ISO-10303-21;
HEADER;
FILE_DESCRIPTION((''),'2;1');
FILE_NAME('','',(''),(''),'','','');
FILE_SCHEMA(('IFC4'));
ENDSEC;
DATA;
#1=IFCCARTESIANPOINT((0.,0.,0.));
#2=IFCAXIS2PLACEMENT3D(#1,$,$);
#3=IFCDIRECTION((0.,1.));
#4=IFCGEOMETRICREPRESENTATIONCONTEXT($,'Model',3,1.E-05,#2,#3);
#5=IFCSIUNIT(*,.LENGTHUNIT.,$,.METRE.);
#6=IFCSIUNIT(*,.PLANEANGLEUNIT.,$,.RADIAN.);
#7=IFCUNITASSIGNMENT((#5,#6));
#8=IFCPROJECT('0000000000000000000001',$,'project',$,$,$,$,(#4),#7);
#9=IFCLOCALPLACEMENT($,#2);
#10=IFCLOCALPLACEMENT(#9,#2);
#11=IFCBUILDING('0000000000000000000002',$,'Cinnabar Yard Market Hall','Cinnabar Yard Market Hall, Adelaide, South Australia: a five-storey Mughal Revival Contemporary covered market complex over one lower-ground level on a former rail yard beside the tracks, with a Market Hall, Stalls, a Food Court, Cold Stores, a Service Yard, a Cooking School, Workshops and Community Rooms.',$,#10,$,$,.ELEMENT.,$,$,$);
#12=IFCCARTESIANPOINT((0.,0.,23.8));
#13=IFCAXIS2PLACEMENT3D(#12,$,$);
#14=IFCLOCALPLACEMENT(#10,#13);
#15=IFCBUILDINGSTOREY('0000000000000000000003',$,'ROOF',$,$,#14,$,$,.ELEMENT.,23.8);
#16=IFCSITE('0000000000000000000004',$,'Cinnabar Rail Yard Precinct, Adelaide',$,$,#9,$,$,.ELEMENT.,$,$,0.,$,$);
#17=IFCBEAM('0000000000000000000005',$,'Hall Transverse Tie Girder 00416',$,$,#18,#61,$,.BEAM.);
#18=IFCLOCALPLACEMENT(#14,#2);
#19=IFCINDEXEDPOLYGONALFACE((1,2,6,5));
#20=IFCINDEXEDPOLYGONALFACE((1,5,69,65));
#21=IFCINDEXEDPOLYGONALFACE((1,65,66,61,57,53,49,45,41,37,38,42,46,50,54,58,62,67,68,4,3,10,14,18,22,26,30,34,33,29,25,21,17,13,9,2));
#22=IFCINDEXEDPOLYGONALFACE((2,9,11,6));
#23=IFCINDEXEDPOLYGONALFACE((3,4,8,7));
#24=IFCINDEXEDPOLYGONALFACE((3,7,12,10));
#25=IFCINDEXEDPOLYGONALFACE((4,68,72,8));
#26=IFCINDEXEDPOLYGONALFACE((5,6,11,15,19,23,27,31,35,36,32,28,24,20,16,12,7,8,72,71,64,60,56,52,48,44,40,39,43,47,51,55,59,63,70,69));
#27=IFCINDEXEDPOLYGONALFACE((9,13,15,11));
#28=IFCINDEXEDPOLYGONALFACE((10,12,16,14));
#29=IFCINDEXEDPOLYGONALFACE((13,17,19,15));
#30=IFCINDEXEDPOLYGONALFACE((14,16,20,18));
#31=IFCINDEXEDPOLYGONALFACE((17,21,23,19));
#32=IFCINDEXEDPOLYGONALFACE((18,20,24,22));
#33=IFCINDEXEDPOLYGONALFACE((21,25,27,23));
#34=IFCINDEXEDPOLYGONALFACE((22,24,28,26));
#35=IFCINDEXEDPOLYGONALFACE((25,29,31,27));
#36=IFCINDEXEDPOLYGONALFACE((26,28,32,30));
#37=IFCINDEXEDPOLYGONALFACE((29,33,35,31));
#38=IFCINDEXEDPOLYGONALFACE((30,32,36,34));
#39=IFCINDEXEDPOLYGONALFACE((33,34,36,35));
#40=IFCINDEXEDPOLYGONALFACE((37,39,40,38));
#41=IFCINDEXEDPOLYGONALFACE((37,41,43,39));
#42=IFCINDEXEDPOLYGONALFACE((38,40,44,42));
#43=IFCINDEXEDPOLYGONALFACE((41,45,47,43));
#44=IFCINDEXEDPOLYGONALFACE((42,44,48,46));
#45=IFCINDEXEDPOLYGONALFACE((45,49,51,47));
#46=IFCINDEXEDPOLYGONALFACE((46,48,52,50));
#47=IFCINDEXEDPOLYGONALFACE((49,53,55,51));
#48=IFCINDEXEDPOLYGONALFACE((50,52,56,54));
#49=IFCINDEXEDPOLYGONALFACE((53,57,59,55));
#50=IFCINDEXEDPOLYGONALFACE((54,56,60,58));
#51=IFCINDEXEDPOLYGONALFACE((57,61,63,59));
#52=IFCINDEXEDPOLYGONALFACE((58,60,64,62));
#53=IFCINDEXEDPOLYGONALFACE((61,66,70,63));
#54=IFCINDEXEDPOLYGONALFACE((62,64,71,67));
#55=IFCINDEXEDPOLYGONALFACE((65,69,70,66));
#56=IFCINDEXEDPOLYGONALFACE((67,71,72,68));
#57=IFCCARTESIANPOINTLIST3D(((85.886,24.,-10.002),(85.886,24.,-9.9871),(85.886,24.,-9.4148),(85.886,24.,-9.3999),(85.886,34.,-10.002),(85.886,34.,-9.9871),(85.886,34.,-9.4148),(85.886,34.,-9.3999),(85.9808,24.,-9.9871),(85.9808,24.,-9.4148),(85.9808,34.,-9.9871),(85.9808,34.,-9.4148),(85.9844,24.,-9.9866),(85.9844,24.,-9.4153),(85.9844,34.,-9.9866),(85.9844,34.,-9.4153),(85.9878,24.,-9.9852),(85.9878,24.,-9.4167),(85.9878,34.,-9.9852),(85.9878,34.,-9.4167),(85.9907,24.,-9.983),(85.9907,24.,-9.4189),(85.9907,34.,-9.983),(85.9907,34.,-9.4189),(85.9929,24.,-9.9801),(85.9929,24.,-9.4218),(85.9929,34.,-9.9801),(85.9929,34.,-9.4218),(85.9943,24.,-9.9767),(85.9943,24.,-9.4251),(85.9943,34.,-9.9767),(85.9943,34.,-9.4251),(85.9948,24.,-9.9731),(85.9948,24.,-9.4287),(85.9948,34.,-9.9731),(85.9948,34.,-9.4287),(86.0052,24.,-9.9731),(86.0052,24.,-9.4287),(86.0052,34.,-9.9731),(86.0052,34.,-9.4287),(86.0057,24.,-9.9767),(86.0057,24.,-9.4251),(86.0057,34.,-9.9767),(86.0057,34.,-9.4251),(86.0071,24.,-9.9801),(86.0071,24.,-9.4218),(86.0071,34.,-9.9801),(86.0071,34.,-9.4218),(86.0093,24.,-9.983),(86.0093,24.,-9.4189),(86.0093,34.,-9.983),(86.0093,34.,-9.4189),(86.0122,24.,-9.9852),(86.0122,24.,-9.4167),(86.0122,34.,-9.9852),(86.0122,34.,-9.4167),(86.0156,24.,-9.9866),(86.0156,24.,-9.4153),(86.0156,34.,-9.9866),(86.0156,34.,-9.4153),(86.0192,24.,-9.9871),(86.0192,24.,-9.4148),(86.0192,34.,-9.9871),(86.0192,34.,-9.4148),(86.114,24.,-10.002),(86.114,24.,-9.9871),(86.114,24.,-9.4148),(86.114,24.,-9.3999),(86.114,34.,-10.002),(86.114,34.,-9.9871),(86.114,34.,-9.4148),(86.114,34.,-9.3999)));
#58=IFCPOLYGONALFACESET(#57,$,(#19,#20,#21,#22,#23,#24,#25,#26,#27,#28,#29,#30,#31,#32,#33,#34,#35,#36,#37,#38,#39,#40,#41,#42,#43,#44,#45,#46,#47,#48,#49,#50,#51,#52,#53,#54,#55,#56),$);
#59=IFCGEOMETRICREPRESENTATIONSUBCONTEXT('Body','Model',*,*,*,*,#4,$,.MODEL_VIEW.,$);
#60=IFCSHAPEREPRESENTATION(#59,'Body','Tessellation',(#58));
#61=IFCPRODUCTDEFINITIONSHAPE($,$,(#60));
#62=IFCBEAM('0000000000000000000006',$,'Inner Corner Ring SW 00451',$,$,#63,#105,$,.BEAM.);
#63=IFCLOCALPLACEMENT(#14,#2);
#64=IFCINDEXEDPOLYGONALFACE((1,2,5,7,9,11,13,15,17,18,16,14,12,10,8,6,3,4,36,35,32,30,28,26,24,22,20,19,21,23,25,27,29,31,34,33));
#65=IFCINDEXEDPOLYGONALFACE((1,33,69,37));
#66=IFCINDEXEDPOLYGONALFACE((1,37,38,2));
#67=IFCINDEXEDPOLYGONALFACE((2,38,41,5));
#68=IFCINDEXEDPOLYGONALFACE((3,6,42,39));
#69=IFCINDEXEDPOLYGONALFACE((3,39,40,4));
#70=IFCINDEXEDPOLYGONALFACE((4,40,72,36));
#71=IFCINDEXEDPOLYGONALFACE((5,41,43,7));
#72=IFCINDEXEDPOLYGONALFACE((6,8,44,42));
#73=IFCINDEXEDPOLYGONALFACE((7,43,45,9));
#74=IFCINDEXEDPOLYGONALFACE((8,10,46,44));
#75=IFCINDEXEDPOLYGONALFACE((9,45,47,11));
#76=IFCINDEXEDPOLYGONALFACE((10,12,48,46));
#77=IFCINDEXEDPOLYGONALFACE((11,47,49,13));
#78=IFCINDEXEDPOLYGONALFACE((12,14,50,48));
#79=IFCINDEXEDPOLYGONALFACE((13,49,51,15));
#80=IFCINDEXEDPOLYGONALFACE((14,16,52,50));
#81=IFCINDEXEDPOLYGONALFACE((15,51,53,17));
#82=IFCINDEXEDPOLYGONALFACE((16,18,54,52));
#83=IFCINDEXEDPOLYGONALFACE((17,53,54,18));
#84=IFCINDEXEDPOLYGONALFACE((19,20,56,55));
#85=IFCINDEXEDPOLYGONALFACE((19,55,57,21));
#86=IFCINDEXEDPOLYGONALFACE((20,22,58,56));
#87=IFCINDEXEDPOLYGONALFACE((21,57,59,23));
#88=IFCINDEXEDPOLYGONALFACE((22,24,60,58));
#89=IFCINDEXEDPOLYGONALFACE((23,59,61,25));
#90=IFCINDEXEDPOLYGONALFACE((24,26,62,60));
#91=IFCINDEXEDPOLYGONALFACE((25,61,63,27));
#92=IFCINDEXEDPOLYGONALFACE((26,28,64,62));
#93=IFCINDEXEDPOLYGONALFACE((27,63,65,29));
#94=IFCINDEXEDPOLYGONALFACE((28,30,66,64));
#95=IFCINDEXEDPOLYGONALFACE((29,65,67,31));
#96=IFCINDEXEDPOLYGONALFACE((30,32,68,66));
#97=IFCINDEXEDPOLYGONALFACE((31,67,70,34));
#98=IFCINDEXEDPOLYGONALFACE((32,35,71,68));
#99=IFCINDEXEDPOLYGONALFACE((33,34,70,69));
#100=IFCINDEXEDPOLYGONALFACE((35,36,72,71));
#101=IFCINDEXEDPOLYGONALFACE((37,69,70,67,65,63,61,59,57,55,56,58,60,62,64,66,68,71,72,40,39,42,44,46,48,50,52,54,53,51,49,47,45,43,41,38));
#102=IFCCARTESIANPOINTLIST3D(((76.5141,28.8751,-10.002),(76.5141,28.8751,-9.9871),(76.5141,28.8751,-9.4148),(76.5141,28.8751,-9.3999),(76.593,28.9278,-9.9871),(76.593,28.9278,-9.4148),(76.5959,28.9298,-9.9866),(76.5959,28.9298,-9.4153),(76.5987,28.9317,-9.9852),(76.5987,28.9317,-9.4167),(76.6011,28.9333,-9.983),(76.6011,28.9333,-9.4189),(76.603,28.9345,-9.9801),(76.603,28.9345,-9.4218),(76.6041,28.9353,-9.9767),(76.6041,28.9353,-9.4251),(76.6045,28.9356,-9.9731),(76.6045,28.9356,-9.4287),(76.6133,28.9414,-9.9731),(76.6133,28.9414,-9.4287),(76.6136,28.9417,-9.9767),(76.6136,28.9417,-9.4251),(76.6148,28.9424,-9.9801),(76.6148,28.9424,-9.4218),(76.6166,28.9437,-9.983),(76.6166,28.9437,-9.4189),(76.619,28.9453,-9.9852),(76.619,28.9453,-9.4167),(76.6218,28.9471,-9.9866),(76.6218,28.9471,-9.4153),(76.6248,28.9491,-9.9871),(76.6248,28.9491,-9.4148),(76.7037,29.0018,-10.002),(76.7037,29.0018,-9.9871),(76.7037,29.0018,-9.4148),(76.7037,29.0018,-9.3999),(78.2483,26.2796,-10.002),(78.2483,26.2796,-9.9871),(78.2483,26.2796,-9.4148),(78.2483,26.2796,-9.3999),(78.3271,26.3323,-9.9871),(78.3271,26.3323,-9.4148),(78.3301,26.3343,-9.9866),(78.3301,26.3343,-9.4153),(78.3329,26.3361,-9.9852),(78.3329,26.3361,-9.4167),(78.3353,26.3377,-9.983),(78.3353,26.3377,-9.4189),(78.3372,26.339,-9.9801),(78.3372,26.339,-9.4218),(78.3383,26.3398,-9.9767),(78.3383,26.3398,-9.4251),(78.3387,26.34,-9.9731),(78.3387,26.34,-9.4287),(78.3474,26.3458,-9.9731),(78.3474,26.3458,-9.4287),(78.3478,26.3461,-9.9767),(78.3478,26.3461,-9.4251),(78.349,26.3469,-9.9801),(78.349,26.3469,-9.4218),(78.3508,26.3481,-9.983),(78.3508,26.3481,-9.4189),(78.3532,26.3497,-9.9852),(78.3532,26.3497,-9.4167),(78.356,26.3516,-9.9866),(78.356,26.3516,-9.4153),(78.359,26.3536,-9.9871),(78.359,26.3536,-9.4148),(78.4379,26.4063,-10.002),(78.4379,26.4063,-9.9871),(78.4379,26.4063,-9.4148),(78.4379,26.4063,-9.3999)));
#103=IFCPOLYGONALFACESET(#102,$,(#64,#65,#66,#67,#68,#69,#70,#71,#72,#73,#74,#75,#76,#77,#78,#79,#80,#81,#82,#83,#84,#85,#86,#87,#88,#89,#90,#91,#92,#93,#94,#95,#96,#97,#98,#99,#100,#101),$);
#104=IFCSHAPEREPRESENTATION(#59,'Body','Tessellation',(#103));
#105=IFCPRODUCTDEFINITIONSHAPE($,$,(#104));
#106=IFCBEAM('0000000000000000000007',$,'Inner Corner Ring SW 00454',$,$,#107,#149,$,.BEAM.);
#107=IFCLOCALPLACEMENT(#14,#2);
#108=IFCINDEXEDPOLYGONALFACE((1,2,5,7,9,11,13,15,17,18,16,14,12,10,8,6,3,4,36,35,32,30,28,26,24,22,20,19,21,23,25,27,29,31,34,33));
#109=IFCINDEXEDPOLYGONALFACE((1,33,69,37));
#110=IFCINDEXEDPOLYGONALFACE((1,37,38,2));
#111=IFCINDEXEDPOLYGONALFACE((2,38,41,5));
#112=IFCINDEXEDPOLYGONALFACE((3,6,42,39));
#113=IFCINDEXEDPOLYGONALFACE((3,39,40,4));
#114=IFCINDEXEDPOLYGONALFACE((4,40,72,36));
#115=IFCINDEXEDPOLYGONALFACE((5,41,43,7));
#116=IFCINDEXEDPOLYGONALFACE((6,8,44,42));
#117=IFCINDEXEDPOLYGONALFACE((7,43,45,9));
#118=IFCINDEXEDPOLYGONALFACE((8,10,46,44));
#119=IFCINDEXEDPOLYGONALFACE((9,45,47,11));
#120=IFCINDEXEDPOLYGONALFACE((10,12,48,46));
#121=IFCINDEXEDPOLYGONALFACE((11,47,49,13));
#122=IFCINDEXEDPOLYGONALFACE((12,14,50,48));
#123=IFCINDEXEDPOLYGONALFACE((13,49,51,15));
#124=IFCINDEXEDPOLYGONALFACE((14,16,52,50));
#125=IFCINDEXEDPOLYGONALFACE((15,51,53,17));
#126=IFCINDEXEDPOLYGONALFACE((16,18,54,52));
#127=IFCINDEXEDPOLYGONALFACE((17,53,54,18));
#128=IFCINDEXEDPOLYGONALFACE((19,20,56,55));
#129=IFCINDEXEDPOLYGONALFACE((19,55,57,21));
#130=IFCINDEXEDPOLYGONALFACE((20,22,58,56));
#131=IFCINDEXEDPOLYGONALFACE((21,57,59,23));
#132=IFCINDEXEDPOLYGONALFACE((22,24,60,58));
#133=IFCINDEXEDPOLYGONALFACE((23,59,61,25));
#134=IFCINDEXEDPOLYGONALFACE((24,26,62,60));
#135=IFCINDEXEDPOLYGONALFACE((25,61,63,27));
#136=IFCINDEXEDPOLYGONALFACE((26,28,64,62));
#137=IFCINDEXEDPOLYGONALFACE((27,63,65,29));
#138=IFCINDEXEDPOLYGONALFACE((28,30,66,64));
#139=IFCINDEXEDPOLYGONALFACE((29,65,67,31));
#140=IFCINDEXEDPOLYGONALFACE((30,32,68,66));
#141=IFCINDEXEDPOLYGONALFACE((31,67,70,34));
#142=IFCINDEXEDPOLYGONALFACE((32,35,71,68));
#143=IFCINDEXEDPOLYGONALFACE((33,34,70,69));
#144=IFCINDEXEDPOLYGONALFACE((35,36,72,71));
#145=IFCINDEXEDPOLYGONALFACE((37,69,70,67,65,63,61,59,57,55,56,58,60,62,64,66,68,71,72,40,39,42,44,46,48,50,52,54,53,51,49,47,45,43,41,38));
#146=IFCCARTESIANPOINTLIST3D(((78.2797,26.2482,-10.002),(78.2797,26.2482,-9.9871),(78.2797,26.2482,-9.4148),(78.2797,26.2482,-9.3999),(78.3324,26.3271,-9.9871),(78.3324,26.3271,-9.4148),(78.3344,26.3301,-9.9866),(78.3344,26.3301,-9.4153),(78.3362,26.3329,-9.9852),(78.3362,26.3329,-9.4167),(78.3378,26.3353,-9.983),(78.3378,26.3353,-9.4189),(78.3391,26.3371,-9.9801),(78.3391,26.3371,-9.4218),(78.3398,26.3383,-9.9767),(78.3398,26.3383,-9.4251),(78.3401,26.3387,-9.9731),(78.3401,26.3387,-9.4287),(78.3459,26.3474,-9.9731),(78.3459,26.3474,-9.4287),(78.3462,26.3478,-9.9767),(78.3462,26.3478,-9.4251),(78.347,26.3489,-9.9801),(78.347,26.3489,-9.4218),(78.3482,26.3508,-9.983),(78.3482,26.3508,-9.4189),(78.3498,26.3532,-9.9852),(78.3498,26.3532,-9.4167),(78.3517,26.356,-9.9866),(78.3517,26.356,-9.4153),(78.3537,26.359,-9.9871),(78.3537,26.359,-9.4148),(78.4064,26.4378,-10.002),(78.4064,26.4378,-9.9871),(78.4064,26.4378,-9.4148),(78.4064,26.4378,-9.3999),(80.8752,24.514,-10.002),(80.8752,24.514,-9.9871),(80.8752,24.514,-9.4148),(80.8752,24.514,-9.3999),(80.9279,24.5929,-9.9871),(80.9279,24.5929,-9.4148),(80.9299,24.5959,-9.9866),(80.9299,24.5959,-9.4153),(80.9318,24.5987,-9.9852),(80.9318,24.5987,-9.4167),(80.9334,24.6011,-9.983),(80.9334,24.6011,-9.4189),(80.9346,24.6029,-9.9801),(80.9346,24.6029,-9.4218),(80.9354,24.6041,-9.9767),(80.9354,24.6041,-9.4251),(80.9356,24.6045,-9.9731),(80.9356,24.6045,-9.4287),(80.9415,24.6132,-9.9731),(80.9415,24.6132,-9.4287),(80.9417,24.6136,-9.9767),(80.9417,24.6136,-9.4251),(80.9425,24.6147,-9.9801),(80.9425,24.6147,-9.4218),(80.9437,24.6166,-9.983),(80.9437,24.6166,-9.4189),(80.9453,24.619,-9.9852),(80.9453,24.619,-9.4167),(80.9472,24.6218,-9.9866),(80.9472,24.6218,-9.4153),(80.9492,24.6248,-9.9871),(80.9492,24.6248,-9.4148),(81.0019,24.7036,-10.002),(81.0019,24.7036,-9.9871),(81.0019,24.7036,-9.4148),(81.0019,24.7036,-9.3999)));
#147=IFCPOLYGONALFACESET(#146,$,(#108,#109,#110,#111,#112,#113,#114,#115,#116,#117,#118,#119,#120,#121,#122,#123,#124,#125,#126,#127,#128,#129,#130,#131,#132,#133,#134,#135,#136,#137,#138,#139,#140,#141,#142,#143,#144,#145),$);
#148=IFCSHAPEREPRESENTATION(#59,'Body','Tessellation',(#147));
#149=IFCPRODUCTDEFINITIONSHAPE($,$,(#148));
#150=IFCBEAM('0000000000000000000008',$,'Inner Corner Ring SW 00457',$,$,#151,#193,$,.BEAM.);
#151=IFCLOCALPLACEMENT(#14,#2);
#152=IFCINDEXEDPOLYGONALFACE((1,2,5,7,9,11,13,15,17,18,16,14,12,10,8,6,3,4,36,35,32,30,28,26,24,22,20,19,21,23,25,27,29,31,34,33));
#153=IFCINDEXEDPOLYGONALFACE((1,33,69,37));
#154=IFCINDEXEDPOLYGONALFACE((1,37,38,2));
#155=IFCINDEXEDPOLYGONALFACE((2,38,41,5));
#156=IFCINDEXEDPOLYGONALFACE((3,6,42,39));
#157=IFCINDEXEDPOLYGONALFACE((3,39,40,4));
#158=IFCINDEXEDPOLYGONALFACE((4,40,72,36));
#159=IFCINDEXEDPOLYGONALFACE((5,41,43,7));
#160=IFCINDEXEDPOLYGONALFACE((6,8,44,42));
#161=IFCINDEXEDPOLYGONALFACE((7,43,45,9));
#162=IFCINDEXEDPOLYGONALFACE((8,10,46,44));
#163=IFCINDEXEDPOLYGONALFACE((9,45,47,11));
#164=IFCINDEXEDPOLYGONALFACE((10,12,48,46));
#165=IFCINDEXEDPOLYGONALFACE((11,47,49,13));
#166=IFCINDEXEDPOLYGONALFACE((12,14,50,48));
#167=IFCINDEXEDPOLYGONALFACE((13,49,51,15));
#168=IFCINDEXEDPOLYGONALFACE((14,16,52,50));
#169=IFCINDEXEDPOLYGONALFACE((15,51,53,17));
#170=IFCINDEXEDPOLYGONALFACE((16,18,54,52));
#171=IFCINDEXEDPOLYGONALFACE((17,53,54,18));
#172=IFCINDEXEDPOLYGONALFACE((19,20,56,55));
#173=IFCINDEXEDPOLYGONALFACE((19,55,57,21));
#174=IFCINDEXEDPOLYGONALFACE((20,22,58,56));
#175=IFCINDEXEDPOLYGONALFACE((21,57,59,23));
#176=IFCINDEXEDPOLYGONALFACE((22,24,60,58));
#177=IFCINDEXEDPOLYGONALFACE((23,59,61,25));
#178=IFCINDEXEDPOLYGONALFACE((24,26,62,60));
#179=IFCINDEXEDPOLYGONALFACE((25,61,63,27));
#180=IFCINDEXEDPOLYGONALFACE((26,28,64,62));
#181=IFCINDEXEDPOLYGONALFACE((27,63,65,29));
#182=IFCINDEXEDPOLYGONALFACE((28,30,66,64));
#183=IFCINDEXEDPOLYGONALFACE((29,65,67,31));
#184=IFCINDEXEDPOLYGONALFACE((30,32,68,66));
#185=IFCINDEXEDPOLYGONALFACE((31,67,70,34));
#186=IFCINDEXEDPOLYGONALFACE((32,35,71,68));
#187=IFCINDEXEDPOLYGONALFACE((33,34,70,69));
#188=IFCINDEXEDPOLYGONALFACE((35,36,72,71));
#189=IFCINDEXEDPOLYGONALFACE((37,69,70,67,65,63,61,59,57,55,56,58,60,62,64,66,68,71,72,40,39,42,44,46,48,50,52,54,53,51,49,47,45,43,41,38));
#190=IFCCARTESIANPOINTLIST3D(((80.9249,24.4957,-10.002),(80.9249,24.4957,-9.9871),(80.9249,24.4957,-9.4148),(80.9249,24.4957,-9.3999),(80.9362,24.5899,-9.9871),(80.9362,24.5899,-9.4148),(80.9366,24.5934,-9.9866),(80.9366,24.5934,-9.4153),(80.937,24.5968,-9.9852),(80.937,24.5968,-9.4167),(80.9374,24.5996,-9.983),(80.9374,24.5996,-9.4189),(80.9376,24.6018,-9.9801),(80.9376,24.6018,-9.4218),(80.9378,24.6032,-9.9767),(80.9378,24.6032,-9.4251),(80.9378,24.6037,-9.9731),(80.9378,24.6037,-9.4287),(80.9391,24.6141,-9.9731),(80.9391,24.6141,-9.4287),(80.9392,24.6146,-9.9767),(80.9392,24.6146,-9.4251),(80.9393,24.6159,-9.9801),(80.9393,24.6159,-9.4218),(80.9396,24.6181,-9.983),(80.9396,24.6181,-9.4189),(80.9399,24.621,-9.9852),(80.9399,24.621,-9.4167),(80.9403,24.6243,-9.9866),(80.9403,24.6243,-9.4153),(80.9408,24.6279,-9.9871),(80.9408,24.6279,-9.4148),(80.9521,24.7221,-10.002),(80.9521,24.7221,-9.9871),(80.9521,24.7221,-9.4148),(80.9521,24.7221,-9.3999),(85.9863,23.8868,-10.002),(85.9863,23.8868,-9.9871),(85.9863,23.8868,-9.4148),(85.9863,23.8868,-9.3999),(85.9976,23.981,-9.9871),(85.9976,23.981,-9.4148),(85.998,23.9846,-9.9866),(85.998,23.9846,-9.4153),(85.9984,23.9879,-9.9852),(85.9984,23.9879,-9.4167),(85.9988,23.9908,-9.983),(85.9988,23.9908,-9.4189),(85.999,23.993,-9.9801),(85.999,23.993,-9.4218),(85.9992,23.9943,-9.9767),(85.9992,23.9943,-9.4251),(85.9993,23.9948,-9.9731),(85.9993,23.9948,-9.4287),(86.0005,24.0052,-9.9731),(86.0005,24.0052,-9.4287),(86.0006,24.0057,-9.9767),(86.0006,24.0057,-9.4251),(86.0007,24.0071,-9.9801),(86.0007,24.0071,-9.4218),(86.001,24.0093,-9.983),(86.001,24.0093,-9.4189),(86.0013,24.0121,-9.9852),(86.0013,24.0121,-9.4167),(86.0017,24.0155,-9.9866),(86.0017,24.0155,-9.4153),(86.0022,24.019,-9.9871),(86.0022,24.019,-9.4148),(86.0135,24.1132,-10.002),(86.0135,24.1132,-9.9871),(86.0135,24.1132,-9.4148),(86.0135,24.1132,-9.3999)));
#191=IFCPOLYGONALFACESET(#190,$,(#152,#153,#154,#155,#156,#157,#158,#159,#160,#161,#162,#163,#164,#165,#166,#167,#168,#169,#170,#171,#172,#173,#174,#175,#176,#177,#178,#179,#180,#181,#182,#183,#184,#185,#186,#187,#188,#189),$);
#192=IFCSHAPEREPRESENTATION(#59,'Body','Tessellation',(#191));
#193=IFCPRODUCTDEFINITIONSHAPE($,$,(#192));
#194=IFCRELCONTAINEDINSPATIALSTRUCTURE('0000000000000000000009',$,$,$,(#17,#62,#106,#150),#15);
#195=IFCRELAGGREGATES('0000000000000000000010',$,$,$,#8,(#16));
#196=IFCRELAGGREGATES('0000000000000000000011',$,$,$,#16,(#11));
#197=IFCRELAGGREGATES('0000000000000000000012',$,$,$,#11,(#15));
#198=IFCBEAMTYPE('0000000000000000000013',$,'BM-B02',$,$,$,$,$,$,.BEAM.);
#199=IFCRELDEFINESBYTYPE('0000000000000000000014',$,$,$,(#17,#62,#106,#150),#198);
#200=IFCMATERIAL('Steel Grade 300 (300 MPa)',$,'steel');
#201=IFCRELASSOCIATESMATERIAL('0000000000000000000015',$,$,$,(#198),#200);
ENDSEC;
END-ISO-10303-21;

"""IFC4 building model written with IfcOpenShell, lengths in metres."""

from ifc_helpers import new_model, si_unit, direction, frame, origin, origin_2d_with_axis, place, context, subcontext, project, spatial, i_section, extrude, material, material_profile, profile_set, type_object, element, save


model = new_model("IFC4")

# Units and contexts
model_context = context("Model", 3, precision=1e-05, world=origin(), true_north=direction((0.0, 1.0)))
body_context = subcontext(model_context, "Body", "Model", "MODEL_VIEW")
ifc_project = project(units=[si_unit("LENGTHUNIT", "METRE"), si_unit("PLANEANGLEUNIT", "RADIAN")], contexts=[model_context])

# Site, building, storey
site_placement = place(None, origin())
site = spatial("IfcSite", under=ifc_project, at=site_placement, Name="Cinnabar Rail Yard Precinct, Adelaide", CompositionType="ELEMENT", RefElevation=0.0)
building_placement = place(site_placement, origin())
building = spatial("IfcBuilding", under=site, at=building_placement, Name="Cinnabar Yard Market Hall", Description="Cinnabar Yard Market Hall, Adelaide, South Australia: a five-storey Mughal Revival Contemporary covered market complex over one lower-ground level on a former rail yard beside the tracks, with a Market Hall, Stalls, a Food Court, Cold Stores, a Service Yard, a Cooking School, Workshops and Community Rooms.", CompositionType="ELEMENT")
storey_placement = place(building_placement, frame((0.0, 0.0, 23.8)))
storey = spatial("IfcBuildingStorey", under=building, at=storey_placement, Name="ROOF", CompositionType="ELEMENT", Elevation=23.8)

# Beams
ifc_material_1 = material(Name="Steel Grade 300 (300 MPa)", Category="steel")
ifc_material_profile_1 = material_profile(ifc_material_1, i_section(OverallWidth=0.228, OverallDepth=0.6021, WebThickness=0.0105, FlangeThickness=0.0149, FilletRadius=0.0139, at=origin_2d_with_axis()), Name="610UB101")
ifc_profile_set_1 = profile_set([ifc_material_profile_1], Name="Steel Grade 300 (300 MPa)")
beam_type_1 = type_object("IfcBeamType", Name="BM-B02", PredefinedType="BEAM", material=ifc_profile_set_1)
for number, where, z_axis, x_axis, name in (
    (1, (86.0, 24.0, -9.7009), (0.0, 1.0, 0.0), (-1.0, 0.0, 0.0), "Hall Transverse Tie Girder 00416"),
):
    element("IfcBeam", number, at=place(storey_placement, frame(where, z_axis=z_axis, x_axis=x_axis)), inside=storey, type_object=beam_type_1, Name=name, PredefinedType="BEAM", context=body_context, shape_type="SweptSolid", body=[
        extrude(i_section(OverallWidth=0.228, OverallDepth=0.6021, WebThickness=0.0105, FlangeThickness=0.0149, FilletRadius=0.0139, at=origin_2d_with_axis()), origin(), (0.0, 0.0, 1.0), 10.0),
    ])
for number, where, z_axis, x_axis, name in (
    (2, (76.6089, 28.9385, -9.7009), (0.555548, -0.831484, 0.0), (0.831484, 0.555548, 0.0), "Inner Corner Ring SW 00451"),
    (3, (78.343, 26.343, -9.7009), (0.831484, -0.555548, 0.0), (0.555548, 0.831484, 0.0), "Inner Corner Ring SW 00454"),
):
    element("IfcBeam", number, at=place(storey_placement, frame(where, z_axis=z_axis, x_axis=x_axis)), inside=storey, type_object=beam_type_1, Name=name, PredefinedType="BEAM", context=body_context, shape_type="SweptSolid", body=[
        extrude(i_section(OverallWidth=0.228, OverallDepth=0.6021, WebThickness=0.0105, FlangeThickness=0.0149, FilletRadius=0.0139, at=origin_2d_with_axis()), origin(), (0.0, 0.0, 1.0), 3.1216),
    ])
beam_1_placement = place(storey_placement, frame((80.9385, 24.6089, -9.7009), z_axis=(0.992842, -0.119436, 0.0), x_axis=(0.119436, 0.992842, 0.0)))
element("IfcBeam", 4, at=beam_1_placement, inside=storey, type_object=beam_type_1, Name="Inner Corner Ring SW 00457", PredefinedType="BEAM", context=body_context, shape_type="SweptSolid", body=[
    extrude(i_section(OverallWidth=0.228, OverallDepth=0.6021, WebThickness=0.0105, FlangeThickness=0.0149, FilletRadius=0.0139, at=origin_2d_with_axis()), origin(), (0.0, 0.0, 1.0), 5.0979),
])

save(model, "model.ifc")
